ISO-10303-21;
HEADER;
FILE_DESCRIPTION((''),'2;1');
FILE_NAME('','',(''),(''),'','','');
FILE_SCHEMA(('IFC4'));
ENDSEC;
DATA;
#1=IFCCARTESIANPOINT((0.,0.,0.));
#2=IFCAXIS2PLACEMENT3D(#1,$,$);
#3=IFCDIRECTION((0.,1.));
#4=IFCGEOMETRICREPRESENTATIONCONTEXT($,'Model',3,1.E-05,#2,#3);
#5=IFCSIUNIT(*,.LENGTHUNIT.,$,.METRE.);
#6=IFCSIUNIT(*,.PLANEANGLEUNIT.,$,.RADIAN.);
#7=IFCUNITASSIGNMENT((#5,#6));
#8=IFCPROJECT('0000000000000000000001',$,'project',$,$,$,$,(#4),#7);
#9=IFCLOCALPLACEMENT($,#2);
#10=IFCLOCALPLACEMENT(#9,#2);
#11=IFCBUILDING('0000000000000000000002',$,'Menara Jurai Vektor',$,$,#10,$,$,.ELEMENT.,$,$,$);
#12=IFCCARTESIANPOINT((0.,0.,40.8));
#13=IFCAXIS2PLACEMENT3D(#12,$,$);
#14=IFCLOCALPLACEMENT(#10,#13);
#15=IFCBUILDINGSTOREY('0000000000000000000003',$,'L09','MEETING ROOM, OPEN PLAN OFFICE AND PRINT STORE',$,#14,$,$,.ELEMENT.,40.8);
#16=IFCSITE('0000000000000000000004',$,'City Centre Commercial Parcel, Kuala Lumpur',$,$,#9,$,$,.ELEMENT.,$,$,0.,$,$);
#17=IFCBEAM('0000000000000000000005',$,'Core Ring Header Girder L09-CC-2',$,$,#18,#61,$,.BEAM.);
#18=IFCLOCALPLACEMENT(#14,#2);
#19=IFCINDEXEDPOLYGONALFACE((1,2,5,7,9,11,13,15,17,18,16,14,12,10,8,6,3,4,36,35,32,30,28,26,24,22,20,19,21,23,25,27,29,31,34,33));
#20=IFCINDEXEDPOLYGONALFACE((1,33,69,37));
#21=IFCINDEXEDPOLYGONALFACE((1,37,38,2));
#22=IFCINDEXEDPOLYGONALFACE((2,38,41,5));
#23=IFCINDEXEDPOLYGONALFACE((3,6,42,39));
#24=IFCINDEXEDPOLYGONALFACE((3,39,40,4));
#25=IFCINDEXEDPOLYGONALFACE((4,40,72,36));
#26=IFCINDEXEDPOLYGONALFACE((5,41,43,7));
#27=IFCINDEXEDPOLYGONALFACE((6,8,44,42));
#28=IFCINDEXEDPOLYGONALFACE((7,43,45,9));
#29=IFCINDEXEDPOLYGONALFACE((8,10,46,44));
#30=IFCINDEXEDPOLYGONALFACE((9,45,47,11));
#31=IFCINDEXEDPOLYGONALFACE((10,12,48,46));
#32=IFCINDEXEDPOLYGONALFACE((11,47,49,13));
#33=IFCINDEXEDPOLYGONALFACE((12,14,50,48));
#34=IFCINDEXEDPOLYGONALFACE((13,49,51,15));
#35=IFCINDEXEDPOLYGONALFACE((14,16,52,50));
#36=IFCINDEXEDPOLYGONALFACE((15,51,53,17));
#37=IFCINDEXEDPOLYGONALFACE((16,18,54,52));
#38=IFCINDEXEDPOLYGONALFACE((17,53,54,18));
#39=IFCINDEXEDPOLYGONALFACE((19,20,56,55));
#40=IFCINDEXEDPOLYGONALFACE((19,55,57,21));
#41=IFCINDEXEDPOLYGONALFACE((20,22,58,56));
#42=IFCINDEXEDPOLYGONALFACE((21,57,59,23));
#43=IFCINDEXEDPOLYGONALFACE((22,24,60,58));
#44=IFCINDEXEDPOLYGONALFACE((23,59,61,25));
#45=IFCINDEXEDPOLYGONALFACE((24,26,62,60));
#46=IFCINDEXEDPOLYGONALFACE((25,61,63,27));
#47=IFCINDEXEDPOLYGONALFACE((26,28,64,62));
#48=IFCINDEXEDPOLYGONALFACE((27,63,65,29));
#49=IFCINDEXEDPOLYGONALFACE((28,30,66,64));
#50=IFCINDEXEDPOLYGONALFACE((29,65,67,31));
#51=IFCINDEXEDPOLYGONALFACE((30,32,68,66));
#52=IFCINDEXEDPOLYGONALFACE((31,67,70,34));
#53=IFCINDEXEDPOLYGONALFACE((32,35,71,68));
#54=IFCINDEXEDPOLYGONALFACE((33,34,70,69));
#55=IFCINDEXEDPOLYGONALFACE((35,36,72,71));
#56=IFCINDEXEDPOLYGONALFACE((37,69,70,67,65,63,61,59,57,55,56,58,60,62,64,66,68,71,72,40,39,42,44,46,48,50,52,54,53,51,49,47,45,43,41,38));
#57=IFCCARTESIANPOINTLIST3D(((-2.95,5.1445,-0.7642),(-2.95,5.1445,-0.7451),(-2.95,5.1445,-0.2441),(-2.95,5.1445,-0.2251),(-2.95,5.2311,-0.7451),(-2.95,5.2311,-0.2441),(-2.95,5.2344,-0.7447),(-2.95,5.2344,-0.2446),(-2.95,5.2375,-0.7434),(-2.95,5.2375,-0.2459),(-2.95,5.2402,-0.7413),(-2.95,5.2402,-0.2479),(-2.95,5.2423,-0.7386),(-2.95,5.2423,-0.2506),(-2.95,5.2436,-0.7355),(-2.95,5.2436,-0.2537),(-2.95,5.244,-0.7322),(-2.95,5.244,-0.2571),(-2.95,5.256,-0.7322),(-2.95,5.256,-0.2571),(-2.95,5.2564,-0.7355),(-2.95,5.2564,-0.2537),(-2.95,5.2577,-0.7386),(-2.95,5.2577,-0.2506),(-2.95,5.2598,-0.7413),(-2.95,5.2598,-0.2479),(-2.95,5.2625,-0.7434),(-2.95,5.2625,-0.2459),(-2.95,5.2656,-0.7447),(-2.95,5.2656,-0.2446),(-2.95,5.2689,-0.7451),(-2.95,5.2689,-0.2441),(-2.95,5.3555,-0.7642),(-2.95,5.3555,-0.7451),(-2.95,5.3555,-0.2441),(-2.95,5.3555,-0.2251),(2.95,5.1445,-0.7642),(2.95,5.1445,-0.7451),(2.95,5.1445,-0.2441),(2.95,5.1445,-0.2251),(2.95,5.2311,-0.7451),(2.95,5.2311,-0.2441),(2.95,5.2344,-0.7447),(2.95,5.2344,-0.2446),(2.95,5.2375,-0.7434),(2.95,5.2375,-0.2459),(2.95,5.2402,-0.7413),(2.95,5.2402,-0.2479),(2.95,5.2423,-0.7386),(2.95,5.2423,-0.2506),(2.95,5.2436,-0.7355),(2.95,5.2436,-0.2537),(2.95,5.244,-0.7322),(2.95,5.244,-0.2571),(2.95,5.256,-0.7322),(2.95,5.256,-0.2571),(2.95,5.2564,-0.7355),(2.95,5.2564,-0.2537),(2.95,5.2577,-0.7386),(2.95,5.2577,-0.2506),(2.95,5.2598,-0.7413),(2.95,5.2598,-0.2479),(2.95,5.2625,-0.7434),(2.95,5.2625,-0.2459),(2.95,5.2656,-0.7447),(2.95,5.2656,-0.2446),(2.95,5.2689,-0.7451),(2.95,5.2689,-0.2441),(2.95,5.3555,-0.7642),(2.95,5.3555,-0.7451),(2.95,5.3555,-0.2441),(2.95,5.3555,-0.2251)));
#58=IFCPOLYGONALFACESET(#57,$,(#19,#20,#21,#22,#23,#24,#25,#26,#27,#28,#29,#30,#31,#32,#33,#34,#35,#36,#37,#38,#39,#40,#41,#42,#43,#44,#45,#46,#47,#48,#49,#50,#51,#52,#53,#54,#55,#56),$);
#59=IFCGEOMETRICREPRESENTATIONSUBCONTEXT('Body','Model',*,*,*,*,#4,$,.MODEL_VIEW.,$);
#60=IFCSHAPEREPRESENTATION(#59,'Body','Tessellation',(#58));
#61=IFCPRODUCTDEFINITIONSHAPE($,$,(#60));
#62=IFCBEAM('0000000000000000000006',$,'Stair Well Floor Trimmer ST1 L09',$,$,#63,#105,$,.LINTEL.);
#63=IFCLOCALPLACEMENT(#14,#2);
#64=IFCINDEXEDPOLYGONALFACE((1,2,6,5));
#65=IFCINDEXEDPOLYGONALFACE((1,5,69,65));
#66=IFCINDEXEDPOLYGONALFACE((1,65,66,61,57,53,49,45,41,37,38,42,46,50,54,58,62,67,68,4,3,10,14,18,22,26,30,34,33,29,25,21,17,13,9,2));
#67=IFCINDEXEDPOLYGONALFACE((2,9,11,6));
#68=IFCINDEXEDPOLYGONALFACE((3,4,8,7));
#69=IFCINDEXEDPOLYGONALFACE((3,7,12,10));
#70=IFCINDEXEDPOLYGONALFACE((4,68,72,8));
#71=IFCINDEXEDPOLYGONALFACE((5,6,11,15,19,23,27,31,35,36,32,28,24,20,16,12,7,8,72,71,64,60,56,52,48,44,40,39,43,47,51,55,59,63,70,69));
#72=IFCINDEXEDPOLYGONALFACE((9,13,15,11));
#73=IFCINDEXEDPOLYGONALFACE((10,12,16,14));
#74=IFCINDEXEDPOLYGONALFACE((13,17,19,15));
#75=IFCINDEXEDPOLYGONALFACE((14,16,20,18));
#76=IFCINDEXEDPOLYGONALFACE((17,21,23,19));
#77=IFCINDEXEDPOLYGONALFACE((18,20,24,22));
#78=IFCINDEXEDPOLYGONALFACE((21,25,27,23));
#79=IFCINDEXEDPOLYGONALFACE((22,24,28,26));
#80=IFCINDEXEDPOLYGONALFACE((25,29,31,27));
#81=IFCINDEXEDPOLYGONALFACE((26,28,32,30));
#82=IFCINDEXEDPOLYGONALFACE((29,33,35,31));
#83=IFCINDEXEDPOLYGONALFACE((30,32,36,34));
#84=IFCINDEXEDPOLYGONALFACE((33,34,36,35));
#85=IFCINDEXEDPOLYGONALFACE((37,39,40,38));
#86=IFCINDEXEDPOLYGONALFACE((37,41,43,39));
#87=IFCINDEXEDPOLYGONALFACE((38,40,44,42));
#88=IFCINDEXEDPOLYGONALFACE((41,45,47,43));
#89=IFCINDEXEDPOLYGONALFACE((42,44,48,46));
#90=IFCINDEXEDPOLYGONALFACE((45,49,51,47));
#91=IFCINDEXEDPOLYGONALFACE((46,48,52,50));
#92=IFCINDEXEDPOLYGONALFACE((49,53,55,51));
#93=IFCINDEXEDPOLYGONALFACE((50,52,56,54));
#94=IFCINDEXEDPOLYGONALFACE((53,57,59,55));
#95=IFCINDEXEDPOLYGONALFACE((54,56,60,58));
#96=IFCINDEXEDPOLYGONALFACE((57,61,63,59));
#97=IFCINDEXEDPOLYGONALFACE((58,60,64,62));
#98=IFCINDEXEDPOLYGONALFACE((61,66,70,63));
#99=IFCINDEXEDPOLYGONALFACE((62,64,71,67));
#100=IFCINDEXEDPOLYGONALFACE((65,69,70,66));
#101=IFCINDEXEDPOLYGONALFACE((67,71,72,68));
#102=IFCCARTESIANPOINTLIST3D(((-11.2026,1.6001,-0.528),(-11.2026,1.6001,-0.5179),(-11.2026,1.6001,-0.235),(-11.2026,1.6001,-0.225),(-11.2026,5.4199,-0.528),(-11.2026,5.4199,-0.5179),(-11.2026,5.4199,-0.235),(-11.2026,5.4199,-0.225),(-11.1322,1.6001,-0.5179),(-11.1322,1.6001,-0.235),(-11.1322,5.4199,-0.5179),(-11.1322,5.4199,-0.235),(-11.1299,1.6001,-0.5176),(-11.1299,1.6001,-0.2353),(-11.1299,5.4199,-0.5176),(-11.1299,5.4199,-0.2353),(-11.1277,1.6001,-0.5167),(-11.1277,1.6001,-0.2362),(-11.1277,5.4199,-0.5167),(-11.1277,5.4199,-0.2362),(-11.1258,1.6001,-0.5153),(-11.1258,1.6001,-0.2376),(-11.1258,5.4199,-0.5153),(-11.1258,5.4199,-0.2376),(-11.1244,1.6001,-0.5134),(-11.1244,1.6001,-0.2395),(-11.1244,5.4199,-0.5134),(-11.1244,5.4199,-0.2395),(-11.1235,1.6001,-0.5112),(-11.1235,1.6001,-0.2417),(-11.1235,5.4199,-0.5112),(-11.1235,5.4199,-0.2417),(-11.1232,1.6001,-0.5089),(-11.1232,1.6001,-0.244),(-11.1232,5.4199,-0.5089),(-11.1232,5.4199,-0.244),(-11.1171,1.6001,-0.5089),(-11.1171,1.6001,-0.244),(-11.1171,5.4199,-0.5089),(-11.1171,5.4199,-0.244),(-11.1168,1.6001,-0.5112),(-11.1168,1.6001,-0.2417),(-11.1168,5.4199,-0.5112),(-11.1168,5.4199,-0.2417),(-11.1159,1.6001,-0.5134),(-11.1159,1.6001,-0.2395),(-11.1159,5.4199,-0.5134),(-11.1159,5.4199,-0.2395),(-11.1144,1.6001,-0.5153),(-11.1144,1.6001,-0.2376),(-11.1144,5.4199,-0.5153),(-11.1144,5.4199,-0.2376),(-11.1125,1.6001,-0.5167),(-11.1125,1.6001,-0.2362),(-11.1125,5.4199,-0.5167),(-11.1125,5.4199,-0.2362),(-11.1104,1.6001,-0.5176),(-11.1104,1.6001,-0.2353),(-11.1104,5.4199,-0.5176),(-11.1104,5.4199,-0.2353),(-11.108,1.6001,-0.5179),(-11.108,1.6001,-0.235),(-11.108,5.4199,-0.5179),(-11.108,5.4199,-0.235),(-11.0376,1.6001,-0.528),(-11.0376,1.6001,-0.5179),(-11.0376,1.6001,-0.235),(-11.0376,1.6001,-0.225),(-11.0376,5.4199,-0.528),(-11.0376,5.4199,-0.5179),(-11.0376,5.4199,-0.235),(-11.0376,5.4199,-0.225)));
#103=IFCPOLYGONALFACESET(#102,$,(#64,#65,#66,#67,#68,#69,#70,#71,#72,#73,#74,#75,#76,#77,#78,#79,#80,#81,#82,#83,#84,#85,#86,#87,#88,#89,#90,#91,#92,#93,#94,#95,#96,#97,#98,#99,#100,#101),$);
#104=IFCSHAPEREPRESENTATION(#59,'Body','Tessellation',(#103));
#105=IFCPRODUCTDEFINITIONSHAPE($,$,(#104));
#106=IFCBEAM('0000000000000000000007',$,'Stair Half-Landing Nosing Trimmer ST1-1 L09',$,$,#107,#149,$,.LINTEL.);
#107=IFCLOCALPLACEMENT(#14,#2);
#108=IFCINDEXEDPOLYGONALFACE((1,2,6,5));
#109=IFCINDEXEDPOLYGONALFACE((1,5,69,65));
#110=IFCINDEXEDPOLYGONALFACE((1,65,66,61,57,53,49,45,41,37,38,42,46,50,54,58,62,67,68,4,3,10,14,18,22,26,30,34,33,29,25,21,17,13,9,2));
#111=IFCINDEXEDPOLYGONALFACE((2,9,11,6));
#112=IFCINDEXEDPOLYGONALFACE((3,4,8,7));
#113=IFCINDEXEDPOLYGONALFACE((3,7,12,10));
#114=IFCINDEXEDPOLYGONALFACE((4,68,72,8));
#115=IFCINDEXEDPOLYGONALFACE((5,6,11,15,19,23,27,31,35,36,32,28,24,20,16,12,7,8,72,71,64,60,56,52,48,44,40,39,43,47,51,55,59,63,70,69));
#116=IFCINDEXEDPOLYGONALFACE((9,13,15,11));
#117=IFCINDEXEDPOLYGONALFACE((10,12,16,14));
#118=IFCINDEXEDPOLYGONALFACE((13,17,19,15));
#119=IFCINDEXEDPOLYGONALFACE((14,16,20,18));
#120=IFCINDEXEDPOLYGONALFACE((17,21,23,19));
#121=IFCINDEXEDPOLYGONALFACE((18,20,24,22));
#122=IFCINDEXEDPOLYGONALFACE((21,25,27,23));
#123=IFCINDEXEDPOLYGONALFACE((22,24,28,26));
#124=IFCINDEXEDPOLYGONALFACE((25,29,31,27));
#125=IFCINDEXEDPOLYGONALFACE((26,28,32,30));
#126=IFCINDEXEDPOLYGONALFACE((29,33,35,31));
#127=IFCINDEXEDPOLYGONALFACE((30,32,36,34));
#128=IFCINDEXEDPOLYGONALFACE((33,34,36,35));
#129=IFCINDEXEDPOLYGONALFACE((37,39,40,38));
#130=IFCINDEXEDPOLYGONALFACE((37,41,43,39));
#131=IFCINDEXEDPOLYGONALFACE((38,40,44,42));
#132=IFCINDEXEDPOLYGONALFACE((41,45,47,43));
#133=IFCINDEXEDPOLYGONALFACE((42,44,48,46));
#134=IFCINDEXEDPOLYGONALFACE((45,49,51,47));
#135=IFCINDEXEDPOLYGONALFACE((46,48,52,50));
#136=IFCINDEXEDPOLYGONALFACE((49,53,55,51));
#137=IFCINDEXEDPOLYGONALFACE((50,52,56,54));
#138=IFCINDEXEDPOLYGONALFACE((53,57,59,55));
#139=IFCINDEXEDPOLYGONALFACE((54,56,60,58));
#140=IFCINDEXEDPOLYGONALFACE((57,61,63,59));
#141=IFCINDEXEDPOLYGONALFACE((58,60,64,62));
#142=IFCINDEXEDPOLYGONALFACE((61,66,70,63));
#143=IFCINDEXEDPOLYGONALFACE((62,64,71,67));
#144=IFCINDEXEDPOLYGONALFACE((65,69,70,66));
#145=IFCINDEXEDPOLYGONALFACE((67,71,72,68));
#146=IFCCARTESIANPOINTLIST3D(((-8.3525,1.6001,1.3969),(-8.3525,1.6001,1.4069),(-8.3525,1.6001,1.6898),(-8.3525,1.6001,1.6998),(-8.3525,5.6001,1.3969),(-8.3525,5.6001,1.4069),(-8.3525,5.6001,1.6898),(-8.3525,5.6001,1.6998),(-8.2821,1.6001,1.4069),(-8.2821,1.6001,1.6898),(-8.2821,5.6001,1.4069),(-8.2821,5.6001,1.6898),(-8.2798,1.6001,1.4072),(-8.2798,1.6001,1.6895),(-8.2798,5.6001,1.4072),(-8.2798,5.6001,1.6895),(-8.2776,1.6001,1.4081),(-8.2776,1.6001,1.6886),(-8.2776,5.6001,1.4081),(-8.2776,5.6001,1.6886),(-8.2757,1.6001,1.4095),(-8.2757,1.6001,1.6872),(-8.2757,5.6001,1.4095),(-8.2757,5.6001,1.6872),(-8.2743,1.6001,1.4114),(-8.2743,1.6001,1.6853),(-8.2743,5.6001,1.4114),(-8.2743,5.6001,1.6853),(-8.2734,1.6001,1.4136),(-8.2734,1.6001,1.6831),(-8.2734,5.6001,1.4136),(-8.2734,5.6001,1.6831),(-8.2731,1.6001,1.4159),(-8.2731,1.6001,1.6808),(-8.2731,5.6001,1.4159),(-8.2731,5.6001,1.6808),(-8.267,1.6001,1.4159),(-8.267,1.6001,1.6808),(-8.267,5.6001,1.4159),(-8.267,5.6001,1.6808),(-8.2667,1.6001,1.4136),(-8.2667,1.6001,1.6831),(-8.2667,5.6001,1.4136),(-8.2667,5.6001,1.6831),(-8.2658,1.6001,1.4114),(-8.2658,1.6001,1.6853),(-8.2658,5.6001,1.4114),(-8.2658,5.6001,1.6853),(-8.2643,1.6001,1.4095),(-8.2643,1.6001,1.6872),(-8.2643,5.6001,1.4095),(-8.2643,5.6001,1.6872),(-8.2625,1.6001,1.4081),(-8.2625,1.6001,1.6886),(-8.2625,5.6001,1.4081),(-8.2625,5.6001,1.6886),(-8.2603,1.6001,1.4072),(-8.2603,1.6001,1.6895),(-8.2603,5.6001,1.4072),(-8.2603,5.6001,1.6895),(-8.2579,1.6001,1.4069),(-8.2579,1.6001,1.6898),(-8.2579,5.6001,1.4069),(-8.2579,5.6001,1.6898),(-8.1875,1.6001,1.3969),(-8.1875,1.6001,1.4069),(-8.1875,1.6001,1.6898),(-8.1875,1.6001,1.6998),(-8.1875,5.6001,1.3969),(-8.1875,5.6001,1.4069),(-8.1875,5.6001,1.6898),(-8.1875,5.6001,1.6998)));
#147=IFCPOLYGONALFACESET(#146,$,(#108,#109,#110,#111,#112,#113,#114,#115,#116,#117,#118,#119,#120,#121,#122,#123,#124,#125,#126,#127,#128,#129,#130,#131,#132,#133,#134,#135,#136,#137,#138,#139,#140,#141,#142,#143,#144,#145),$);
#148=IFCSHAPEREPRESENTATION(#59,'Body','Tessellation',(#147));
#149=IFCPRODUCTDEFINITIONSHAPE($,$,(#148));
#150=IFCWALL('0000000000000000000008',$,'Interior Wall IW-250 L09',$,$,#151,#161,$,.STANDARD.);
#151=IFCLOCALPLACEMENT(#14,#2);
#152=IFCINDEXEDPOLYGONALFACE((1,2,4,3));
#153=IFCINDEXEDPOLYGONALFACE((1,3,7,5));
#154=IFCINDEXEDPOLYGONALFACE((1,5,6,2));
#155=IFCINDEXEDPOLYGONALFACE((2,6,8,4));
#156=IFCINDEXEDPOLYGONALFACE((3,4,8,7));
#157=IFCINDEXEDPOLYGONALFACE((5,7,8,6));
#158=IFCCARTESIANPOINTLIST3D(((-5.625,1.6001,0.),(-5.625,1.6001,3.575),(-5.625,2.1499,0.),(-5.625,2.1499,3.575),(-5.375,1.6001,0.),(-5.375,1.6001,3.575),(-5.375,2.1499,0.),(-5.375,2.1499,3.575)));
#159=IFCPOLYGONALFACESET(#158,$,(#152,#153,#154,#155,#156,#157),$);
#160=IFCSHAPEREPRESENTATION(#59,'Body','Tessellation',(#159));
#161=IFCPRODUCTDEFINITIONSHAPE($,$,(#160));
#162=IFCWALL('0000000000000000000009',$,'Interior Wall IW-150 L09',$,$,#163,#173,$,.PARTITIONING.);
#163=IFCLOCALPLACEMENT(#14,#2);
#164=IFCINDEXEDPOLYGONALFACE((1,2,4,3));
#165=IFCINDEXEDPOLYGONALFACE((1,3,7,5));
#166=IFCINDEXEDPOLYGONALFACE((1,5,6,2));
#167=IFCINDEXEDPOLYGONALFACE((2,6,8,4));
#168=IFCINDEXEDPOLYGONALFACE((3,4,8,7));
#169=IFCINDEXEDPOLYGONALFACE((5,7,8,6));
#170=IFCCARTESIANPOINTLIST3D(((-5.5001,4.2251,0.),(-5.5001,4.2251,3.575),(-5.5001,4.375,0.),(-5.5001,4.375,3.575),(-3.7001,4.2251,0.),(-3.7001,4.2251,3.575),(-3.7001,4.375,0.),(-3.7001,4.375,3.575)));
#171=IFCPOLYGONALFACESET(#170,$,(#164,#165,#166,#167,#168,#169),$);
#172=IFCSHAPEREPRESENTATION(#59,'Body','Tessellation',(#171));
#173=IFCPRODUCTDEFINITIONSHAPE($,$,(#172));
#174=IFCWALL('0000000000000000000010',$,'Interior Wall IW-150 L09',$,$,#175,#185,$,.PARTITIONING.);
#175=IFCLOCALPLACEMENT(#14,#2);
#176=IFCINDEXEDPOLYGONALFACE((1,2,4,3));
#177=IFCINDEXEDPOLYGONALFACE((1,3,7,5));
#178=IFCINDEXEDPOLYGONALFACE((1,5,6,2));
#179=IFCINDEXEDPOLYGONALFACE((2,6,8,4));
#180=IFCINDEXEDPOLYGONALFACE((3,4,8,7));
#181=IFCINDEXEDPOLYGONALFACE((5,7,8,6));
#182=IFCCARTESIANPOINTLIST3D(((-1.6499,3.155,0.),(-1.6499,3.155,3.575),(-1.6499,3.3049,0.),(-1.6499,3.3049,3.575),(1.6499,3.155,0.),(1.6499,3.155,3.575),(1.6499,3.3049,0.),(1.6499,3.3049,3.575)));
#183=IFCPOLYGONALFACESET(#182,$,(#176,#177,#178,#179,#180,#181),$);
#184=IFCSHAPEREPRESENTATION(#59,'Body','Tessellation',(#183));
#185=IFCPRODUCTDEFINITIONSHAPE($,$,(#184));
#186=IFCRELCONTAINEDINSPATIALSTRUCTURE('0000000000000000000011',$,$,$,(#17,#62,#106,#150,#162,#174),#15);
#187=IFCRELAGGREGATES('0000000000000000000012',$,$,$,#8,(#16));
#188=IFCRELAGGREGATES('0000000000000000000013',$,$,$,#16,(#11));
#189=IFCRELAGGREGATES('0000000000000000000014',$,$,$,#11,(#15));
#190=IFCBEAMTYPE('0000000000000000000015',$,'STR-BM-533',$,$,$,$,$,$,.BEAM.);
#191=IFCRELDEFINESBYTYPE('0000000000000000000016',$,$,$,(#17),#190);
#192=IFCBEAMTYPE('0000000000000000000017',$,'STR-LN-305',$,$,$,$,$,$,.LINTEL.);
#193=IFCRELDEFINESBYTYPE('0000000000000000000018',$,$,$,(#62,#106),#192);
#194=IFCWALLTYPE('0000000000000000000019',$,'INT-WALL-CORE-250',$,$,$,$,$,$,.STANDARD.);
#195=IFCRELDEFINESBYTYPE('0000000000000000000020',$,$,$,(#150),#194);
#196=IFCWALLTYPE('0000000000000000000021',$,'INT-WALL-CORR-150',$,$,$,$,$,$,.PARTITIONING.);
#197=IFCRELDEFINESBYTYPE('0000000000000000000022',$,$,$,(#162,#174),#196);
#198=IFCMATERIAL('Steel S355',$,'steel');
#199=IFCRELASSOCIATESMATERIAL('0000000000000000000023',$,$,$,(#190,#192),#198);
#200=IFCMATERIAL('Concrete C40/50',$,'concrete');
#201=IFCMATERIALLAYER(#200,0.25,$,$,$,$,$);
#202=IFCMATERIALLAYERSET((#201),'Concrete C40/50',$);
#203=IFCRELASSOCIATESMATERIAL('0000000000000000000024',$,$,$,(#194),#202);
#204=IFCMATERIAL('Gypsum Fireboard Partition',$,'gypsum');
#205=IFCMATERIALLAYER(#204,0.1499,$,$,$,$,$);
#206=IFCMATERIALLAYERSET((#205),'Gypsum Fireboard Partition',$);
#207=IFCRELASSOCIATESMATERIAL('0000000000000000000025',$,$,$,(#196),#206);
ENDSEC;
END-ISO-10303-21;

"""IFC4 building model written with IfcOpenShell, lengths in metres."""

from ifc_helpers import new_model, si_unit, direction, frame, frame_2d, origin, origin_2d, place, context, subcontext, project, spatial, rectangle, i_section, extrude, material, layer, layer_set, material_profile, profile_set, type_object, element, save


model = new_model("IFC4")

# Units and contexts
model_context = context("Model", 3, precision=1e-05, world=origin(), true_north=direction((0.0, 1.0)))
body_context = subcontext(model_context, "Body", "Model", "MODEL_VIEW")
ifc_project = project(units=[si_unit("LENGTHUNIT", "METRE"), si_unit("PLANEANGLEUNIT", "RADIAN")], contexts=[model_context])

# Site, building, storey
site_placement = place(None, origin())
site = spatial("IfcSite", under=ifc_project, at=site_placement, Name="City Centre Commercial Parcel, Kuala Lumpur", CompositionType="ELEMENT", RefElevation=0.0)
building_placement = place(site_placement, origin())
building = spatial("IfcBuilding", under=site, at=building_placement, Name="Menara Jurai Vektor", CompositionType="ELEMENT")
storey_placement = place(building_placement, frame((0.0, 0.0, 40.8)))
storey = spatial("IfcBuildingStorey", under=building, at=storey_placement, Name="L09", Description="MEETING ROOM, OPEN PLAN OFFICE AND PRINT STORE", CompositionType="ELEMENT", Elevation=40.8)

# Shared definitions
ifc_material_1 = material(Name="Steel S355", Category="steel")

# Beams
ifc_material_profile_1 = material_profile(ifc_material_1, i_section(OverallWidth=0.2109, OverallDepth=0.5391, WebThickness=0.012, FlangeThickness=0.019, FilletRadius=0.0129, at=origin_2d()), Name="UKB 533x210x109")
ifc_profile_set_1 = profile_set([ifc_material_profile_1], Name="Steel S355")
beam_type_1 = type_object("IfcBeamType", Name="STR-BM-533", PredefinedType="BEAM", material=ifc_profile_set_1)
beam_1_placement = place(storey_placement, frame((-2.95, 5.25, -0.4946), z_axis=(1.0, 0.0, 0.0), x_axis=(0.0, 1.0, 0.0)))
element("IfcBeam", 1, at=beam_1_placement, inside=storey, type_object=beam_type_1, Name="Core Ring Header Girder L09-CC-2", PredefinedType="BEAM", context=body_context, shape_type="SweptSolid", body=[
    extrude(i_section(OverallWidth=0.2109, OverallDepth=0.5391, WebThickness=0.012, FlangeThickness=0.019, FilletRadius=0.0129, at=origin_2d()), origin(), (0.0, 0.0, 1.0), 5.8999),
])
ifc_material_profile_2 = material_profile(ifc_material_1, i_section(OverallWidth=0.165, OverallDepth=0.303, WebThickness=0.0061, FlangeThickness=0.01, FilletRadius=0.009, at=origin_2d()), Name="UKB 305x165x40")
ifc_profile_set_2 = profile_set([ifc_material_profile_2], Name="Steel S355")
beam_type_2 = type_object("IfcBeamType", Name="STR-LN-305", PredefinedType="LINTEL", material=ifc_profile_set_2)
beam_2_placement = place(storey_placement, frame((-11.1201, 1.6001, -0.3765), z_axis=(0.0, 1.0, 0.0), x_axis=(-1.0, 0.0, 0.0)))
element("IfcBeam", 2, at=beam_2_placement, inside=storey, type_object=beam_type_2, Name="Stair Well Floor Trimmer ST1 L09", PredefinedType="LINTEL", context=body_context, shape_type="SweptSolid", body=[
    extrude(i_section(OverallWidth=0.165, OverallDepth=0.303, WebThickness=0.0061, FlangeThickness=0.01, FilletRadius=0.009, at=origin_2d()), origin(), (0.0, 0.0, 1.0), 3.8198),
])
beam_3_placement = place(storey_placement, frame((-8.27, 1.6001, 1.5483), z_axis=(0.0, 1.0, 0.0), x_axis=(-1.0, 0.0, 0.0)))
element("IfcBeam", 3, at=beam_3_placement, inside=storey, type_object=beam_type_2, Name="Stair Half-Landing Nosing Trimmer ST1-1 L09", PredefinedType="LINTEL", context=body_context, shape_type="SweptSolid", body=[
    extrude(i_section(OverallWidth=0.165, OverallDepth=0.303, WebThickness=0.0061, FlangeThickness=0.01, FilletRadius=0.009, at=origin_2d()), origin(), (0.0, 0.0, 1.0), 4.0),
])

# Shared definitions
ifc_material_2 = material(Name="Concrete C40/50", Category="concrete")
ifc_layer_1 = layer(ifc_material_2, 0.25)
ifc_layer_set_1 = layer_set([ifc_layer_1], Name="Concrete C40/50")
wall_type_1 = type_object("IfcWallType", Name="INT-WALL-CORE-250", PredefinedType="STANDARD", material=ifc_layer_set_1)

# Walls
wall_1_placement = place(storey_placement, frame((-5.5, 1.6001, 0.0), z_axis=(0.0, 0.0, 1.0), x_axis=(0.0, 1.0, 0.0)))
element("IfcWall", 4, at=wall_1_placement, inside=storey, type_object=wall_type_1, Name="Interior Wall IW-250 L09", PredefinedType="STANDARD", context=body_context, shape_type="SweptSolid", body=[
    extrude(rectangle(XDim=0.5498, YDim=0.25, at=frame_2d((0.2749, 0.0))), origin(), (0.0, 0.0, 1.0), 3.575),
])
ifc_material_3 = material(Name="Gypsum Fireboard Partition", Category="gypsum")
ifc_layer_2 = layer(ifc_material_3, 0.1499)
ifc_layer_set_2 = layer_set([ifc_layer_2], Name="Gypsum Fireboard Partition")
wall_type_2 = type_object("IfcWallType", Name="INT-WALL-CORR-150", PredefinedType="PARTITIONING", material=ifc_layer_set_2)
wall_2_placement = place(storey_placement, frame((-5.5, 4.3, 0.0), z_axis=(0.0, 0.0, 1.0), x_axis=(1.0, 0.0, 0.0)))
element("IfcWall", 5, at=wall_2_placement, inside=storey, type_object=wall_type_2, Name="Interior Wall IW-150 L09", PredefinedType="PARTITIONING", context=body_context, shape_type="SweptSolid", body=[
    extrude(rectangle(XDim=1.8, YDim=0.1499, at=frame_2d((0.8999, 0.0))), origin(), (0.0, 0.0, 1.0), 3.575),
])
wall_3_placement = place(storey_placement, frame((-1.6499, 3.23, 0.0), z_axis=(0.0, 0.0, 1.0), x_axis=(1.0, 0.0, 0.0)))
element("IfcWall", 6, at=wall_3_placement, inside=storey, type_object=wall_type_2, Name="Interior Wall IW-150 L09", PredefinedType="PARTITIONING", context=body_context, shape_type="SweptSolid", body=[
    extrude(rectangle(XDim=3.2998, YDim=0.1499, at=frame_2d((1.6499, 0.0))), origin(), (0.0, 0.0, 1.0), 3.575),
])

save(model, "model.ifc")
